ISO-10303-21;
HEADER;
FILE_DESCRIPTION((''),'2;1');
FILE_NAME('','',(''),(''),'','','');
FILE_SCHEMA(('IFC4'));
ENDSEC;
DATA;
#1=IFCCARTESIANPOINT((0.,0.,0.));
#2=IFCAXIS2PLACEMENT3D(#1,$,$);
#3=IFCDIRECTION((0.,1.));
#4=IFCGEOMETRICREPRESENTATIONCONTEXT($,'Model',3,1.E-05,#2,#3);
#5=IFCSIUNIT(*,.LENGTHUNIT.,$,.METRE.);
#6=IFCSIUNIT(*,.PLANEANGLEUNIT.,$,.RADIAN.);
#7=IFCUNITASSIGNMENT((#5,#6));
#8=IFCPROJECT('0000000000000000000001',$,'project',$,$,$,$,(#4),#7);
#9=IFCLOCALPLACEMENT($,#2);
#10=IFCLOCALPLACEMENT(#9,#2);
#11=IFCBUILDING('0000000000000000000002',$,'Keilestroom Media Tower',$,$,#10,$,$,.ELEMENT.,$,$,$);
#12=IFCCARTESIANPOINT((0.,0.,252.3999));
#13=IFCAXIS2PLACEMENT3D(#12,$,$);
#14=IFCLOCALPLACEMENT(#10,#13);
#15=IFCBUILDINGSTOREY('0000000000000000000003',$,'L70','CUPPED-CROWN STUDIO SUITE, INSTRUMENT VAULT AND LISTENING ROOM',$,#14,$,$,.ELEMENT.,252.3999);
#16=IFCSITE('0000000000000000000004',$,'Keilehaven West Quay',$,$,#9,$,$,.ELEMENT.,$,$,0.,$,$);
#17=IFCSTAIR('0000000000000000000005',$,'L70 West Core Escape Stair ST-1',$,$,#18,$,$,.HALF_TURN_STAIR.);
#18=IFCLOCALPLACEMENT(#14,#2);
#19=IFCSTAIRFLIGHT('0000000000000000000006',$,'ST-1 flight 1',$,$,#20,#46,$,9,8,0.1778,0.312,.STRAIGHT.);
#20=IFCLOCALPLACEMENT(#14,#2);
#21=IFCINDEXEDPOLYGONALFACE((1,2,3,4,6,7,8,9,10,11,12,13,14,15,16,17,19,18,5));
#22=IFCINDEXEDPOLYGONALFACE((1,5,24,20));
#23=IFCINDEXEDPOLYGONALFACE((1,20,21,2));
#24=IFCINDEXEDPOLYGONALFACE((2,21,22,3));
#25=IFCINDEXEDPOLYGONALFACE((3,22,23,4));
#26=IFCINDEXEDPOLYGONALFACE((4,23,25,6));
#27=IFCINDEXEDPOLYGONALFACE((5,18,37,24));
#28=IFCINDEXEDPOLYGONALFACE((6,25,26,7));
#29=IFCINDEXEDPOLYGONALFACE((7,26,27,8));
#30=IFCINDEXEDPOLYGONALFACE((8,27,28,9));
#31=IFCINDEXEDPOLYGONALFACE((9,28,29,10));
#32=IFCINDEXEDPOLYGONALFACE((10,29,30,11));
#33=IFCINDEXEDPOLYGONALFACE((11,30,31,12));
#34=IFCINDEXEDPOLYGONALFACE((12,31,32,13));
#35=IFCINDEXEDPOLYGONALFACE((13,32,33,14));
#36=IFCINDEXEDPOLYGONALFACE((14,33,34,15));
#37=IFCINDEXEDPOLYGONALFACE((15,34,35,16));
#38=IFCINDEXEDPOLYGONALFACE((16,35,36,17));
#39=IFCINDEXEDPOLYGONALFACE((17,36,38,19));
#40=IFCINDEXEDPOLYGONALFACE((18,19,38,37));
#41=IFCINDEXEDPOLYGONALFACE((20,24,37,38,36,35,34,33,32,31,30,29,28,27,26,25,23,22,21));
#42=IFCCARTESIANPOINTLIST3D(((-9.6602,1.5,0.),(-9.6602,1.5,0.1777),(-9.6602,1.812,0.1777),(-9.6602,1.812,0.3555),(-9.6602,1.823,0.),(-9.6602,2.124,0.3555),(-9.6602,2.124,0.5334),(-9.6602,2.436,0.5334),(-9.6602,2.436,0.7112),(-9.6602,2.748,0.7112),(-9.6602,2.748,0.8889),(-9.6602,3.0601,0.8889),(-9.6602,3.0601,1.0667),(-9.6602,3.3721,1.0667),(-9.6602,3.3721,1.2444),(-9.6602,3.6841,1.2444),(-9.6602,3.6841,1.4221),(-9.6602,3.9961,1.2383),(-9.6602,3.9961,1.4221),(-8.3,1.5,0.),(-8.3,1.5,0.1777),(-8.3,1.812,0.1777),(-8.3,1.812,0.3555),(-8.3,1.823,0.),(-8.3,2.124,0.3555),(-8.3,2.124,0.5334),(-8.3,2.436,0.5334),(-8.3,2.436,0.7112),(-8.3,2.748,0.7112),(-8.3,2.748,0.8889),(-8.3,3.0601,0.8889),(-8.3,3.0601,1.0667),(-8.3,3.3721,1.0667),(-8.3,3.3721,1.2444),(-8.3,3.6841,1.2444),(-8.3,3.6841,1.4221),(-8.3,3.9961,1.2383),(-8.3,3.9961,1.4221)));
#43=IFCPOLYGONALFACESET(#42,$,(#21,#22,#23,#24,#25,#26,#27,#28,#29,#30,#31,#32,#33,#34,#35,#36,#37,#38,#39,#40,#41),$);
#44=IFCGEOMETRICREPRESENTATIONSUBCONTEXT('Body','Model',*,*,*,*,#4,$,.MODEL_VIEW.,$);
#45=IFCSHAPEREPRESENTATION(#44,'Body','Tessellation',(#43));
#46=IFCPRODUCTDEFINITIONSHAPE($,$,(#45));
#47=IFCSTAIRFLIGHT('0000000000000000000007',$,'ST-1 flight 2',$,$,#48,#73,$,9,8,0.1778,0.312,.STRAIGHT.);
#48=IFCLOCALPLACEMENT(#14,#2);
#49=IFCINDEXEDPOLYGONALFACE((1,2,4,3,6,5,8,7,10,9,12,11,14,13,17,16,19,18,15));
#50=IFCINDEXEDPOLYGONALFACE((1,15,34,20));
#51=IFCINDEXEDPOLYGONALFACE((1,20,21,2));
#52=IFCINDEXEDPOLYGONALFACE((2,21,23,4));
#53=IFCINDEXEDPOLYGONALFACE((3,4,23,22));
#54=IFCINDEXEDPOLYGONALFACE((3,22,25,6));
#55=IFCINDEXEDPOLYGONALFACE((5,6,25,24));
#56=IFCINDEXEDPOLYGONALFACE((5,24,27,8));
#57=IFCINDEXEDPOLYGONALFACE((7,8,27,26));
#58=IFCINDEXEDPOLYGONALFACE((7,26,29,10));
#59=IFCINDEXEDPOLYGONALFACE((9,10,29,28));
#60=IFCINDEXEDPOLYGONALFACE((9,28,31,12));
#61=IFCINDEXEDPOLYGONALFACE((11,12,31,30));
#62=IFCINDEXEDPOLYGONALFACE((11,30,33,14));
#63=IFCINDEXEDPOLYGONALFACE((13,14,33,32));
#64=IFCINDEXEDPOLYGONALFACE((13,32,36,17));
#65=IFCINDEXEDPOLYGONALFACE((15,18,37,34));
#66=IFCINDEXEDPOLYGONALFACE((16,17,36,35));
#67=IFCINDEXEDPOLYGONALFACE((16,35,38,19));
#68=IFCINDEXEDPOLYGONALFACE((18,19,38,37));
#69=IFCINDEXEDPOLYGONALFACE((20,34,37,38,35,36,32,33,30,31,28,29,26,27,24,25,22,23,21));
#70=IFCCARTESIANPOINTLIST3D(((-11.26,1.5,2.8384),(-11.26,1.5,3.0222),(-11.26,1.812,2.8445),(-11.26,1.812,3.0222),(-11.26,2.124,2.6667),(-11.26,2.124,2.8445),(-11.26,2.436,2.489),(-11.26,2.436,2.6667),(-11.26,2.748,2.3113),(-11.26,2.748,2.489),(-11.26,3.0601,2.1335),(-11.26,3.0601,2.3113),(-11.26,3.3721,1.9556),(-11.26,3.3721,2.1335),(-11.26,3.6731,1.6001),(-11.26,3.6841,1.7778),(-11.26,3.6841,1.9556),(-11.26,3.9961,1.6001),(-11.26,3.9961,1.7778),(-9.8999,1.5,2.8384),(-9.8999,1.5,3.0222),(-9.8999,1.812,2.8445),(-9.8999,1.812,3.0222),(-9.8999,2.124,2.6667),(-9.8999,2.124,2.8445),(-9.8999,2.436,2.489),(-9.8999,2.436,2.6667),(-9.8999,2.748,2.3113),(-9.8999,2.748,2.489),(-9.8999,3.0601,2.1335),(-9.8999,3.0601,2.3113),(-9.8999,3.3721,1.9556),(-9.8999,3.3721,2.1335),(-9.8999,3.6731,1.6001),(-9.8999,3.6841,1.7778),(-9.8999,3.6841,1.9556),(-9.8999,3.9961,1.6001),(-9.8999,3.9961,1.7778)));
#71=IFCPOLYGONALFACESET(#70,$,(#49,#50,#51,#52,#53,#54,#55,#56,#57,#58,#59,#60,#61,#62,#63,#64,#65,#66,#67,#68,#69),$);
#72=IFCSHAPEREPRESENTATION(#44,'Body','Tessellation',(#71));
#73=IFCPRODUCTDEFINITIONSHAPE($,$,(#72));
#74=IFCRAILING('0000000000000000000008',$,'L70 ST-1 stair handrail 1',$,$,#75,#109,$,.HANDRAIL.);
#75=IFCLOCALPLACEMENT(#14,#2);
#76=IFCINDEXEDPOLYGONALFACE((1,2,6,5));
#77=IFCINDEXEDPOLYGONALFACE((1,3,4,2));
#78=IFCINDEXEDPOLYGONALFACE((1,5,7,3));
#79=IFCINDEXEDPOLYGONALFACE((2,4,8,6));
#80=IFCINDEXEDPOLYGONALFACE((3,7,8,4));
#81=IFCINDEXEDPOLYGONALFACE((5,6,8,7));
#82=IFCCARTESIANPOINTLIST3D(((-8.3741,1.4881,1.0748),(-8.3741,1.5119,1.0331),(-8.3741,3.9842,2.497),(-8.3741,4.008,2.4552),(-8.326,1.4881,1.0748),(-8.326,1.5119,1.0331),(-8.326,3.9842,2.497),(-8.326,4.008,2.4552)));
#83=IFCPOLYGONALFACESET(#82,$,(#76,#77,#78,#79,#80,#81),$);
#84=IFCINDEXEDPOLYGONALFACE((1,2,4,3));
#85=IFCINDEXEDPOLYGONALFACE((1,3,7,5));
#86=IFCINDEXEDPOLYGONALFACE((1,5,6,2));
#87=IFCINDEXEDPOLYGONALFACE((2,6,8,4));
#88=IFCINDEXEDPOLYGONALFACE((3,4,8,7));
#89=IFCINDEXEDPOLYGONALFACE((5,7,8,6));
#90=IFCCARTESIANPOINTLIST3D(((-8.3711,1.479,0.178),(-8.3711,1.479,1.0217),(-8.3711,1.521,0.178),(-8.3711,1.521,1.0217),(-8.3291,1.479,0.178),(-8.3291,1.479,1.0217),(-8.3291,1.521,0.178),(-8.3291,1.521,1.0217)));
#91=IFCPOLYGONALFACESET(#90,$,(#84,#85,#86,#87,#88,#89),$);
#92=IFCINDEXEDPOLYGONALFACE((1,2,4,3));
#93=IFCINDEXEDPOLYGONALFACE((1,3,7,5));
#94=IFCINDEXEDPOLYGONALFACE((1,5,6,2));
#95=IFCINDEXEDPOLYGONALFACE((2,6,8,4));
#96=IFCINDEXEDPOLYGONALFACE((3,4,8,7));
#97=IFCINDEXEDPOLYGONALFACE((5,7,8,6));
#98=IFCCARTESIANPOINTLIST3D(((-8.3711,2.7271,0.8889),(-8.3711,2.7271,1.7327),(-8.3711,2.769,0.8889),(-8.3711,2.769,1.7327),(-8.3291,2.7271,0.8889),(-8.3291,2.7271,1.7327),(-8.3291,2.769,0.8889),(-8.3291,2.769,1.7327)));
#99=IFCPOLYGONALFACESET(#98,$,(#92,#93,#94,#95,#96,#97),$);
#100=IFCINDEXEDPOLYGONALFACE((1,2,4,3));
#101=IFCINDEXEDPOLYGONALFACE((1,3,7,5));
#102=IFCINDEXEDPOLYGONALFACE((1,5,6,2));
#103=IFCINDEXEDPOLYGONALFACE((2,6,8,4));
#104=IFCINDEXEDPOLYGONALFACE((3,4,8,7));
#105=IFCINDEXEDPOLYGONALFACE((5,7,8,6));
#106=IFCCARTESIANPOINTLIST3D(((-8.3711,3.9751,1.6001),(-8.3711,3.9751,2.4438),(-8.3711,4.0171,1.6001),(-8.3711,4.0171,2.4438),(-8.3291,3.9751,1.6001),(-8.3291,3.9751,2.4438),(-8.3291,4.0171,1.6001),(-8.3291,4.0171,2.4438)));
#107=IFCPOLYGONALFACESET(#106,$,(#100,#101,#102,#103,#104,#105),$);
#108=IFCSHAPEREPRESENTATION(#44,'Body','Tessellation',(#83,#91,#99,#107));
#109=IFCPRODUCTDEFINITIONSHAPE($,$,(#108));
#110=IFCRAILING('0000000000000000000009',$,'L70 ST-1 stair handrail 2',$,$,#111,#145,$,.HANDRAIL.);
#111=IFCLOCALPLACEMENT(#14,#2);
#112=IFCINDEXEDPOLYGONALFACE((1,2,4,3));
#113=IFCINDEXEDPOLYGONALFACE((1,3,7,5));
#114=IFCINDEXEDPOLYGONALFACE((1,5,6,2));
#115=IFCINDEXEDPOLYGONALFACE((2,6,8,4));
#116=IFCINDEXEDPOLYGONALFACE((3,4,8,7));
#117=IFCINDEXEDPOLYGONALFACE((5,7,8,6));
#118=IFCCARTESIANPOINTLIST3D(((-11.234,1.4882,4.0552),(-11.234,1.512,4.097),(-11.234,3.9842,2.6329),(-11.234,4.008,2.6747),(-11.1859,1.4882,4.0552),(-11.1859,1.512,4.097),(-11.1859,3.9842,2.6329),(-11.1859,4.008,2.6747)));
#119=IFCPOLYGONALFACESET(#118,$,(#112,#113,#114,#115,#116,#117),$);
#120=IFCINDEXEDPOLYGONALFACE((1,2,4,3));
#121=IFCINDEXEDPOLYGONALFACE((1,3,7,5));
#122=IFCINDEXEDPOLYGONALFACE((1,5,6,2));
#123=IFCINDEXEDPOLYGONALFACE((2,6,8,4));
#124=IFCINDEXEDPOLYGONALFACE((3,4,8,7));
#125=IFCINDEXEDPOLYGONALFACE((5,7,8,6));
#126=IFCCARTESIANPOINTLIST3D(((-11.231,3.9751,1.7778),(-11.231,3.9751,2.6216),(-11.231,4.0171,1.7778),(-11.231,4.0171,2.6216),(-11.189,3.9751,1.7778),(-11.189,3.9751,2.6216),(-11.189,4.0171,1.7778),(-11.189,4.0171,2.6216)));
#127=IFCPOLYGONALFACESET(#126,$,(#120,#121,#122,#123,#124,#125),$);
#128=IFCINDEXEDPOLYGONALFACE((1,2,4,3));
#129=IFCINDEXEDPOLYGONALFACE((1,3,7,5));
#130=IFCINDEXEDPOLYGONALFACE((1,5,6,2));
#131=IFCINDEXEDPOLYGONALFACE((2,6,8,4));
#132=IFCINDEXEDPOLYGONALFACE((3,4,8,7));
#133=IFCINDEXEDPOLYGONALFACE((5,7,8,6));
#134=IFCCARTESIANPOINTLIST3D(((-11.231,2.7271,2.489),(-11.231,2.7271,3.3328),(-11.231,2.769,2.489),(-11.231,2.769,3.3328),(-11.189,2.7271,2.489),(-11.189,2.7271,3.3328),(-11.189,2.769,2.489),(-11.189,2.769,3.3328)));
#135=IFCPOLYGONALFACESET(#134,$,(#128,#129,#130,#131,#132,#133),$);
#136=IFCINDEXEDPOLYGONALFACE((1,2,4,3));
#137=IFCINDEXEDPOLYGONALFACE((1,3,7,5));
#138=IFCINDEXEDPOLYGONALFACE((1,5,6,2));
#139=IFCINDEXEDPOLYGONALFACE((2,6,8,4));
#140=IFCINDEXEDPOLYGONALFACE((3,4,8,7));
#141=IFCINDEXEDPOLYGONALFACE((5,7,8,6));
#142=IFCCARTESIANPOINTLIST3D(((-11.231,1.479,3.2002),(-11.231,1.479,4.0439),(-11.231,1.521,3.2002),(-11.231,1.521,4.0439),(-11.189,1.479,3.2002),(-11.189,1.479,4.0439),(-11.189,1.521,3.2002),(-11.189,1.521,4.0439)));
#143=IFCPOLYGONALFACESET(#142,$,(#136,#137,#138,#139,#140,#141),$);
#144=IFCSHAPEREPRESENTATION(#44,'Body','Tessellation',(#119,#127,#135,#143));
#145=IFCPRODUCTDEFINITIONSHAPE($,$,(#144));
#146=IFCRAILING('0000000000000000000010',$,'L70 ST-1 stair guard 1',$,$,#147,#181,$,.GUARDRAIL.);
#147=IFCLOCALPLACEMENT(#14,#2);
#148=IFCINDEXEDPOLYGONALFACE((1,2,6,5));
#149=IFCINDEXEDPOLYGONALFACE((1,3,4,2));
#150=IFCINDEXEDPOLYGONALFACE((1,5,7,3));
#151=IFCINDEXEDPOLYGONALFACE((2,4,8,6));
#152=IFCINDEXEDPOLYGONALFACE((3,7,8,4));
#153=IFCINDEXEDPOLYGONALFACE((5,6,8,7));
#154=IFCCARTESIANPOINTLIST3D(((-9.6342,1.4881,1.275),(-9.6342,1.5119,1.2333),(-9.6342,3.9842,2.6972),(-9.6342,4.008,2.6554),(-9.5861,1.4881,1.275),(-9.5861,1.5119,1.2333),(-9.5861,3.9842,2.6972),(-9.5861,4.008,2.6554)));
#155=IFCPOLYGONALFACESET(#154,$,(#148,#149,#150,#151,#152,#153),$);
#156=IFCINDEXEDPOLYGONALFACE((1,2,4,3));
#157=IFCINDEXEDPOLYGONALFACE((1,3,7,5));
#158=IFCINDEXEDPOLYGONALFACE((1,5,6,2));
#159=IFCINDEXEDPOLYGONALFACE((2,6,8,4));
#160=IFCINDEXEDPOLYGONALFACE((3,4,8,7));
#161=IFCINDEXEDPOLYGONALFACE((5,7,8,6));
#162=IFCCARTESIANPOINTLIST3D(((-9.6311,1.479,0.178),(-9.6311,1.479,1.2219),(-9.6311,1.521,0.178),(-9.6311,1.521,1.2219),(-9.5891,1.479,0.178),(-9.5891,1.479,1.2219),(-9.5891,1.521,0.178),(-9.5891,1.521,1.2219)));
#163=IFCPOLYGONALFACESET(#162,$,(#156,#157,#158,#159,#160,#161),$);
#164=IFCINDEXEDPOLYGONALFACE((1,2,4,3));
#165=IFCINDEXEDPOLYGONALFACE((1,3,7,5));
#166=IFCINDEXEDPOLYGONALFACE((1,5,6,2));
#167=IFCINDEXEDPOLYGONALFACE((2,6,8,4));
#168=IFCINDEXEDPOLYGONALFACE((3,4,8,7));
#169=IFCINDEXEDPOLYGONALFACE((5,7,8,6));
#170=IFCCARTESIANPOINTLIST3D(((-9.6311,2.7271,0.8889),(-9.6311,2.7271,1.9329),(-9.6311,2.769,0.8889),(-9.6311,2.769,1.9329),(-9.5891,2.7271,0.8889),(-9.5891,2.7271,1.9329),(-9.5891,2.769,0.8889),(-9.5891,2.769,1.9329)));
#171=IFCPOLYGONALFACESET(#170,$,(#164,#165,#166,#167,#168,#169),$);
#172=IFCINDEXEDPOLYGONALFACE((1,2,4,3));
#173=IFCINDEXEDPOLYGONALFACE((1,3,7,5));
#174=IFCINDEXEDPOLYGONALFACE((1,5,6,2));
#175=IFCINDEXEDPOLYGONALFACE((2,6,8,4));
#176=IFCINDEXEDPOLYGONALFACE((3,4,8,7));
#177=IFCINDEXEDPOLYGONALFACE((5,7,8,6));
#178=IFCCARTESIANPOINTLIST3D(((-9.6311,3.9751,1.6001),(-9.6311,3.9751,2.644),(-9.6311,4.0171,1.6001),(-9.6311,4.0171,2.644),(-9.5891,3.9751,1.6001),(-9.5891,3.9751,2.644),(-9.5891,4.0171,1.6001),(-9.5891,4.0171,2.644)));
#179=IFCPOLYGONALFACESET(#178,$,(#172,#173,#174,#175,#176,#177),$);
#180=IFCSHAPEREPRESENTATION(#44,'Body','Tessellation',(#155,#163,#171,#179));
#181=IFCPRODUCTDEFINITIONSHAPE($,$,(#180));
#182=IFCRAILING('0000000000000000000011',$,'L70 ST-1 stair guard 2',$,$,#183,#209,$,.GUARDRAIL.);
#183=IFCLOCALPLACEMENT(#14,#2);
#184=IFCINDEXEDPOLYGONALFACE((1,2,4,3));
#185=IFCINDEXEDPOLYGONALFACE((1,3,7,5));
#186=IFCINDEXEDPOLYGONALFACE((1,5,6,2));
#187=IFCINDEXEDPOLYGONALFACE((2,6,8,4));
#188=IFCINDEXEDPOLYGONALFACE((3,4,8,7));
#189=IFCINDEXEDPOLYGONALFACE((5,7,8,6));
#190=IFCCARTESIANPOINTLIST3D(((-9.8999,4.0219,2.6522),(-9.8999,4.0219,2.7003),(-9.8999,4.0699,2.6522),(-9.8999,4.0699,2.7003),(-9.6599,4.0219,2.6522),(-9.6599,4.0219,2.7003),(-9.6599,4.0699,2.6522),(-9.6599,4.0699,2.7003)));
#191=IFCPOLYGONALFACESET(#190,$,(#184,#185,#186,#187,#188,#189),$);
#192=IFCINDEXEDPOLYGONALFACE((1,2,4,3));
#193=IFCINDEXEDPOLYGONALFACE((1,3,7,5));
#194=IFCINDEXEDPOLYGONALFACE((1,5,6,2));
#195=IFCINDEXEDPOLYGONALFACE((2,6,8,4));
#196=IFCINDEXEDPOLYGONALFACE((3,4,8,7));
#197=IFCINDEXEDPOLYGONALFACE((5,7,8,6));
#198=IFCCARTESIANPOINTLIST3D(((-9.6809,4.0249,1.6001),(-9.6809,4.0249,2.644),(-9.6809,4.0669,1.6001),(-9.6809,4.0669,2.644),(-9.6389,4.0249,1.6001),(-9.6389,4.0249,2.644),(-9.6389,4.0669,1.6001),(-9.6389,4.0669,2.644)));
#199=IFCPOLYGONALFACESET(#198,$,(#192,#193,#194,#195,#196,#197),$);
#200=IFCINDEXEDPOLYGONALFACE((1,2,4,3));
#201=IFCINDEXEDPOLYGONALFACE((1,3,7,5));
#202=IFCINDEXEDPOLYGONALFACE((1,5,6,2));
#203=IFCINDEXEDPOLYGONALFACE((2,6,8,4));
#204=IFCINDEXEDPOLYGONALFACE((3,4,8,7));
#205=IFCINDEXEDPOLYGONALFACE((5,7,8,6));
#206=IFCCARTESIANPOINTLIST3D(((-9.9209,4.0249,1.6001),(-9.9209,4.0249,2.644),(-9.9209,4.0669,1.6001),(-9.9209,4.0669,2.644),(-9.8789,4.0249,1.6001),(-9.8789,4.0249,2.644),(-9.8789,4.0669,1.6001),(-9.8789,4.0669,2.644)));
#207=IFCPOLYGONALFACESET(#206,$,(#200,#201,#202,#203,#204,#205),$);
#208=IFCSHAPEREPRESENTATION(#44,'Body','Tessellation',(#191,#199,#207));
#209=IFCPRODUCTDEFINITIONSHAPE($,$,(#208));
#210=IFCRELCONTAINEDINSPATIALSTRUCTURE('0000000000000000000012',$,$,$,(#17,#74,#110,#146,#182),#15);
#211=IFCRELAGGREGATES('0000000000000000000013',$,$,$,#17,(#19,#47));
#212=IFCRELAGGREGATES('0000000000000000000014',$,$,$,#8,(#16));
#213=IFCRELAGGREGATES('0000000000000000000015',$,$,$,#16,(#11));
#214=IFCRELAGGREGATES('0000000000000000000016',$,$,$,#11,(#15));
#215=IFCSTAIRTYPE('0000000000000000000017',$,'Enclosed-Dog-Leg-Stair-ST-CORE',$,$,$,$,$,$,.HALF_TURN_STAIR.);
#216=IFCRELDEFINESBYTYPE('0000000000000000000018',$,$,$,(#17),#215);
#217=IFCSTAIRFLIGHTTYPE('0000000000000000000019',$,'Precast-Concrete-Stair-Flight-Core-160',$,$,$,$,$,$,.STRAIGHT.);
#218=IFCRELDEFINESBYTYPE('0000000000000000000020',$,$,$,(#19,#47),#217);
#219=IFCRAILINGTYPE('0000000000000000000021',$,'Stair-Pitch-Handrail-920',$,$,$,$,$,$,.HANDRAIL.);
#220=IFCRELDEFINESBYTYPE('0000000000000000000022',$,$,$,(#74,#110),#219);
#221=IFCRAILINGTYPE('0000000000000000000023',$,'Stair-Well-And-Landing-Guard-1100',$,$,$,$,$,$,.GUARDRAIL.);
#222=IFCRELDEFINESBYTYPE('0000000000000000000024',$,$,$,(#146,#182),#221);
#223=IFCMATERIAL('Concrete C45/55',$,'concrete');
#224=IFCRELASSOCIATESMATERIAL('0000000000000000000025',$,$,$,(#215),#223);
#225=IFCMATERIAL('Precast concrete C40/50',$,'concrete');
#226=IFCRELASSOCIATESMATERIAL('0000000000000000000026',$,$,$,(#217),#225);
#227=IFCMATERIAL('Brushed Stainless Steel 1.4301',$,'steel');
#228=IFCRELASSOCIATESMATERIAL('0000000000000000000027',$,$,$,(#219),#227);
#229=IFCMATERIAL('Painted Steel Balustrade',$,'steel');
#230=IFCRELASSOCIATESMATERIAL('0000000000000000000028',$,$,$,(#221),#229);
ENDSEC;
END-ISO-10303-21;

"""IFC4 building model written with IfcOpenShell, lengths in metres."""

from ifc_helpers import new_model, si_unit, direction, frame, origin, origin_2d, place, context, subcontext, project, spatial, polyline, rectangle, outline, extrude, material, type_object, element, aggregate, save


model = new_model("IFC4")

# Units and contexts
model_context = context("Model", 3, precision=1e-05, world=origin(), true_north=direction((0.0, 1.0)))
body_context = subcontext(model_context, "Body", "Model", "MODEL_VIEW")
ifc_project = project(units=[si_unit("LENGTHUNIT", "METRE"), si_unit("PLANEANGLEUNIT", "RADIAN")], contexts=[model_context])

# Site, building, storey
site_placement = place(None, origin())
site = spatial("IfcSite", under=ifc_project, at=site_placement, Name="Keilehaven West Quay", CompositionType="ELEMENT", RefElevation=0.0)
building_placement = place(site_placement, origin())
building = spatial("IfcBuilding", under=site, at=building_placement, Name="Keilestroom Media Tower", CompositionType="ELEMENT")
storey_placement = place(building_placement, frame((0.0, 0.0, 252.3999)))
storey = spatial("IfcBuildingStorey", under=building, at=storey_placement, Name="L70", Description="CUPPED-CROWN STUDIO SUITE, INSTRUMENT VAULT AND LISTENING ROOM", CompositionType="ELEMENT", Elevation=252.3999)

# Shared definitions
ifc_material_1 = material(Name="Precast concrete C40/50", Category="concrete")

# Stair, stair flights
ifc_material_2 = material(Name="Concrete C45/55", Category="concrete")
stair_type = type_object("IfcStairType", Name="Enclosed-Dog-Leg-Stair-ST-CORE", PredefinedType="HALF_TURN_STAIR", material=ifc_material_2)
stair_placement = place(storey_placement, origin())
stair = element("IfcStair", 1, at=stair_placement, inside=storey, type_object=stair_type, Name="L70 West Core Escape Stair ST-1", PredefinedType="HALF_TURN_STAIR")
stair_flight_type = type_object("IfcStairFlightType", Name="Precast-Concrete-Stair-Flight-Core-160", PredefinedType="STRAIGHT", material=ifc_material_1)
stair_flight_1_placement = place(storey_placement, frame((-8.98, 1.5, 0.0), z_axis=(0.0, 0.0, 1.0), x_axis=(0.0, 1.0, 0.0)))
stair_flight_1 = element("IfcStairFlight", 2, at=stair_flight_1_placement, type_object=stair_flight_type, Name="ST-1 flight 1", NumberOfRisers=9, NumberOfTreads=8, PredefinedType="STRAIGHT", RiserHeight=0.1778, TreadLength=0.312, context=body_context, shape_type="SweptSolid", body=[
    extrude(outline(polyline([(0.0, 0.0), (0.0, 0.1777), (0.312, 0.1777), (0.312, 0.3555), (0.624, 0.3555), (0.624, 0.5334), (0.936, 0.5334), (0.936, 0.7112), (1.248, 0.7112), (1.248, 0.8889), (1.5601, 0.8889), (1.5601, 1.0667), (1.8721, 1.0667), (1.8721, 1.2444), (2.1841, 1.2444), (2.1841, 1.4221), (2.4961, 1.4221), (2.4961, 1.6001), (2.4961, 1.2383), (0.323, 0.0), (0.0, 0.0)])), frame((0.0, 0.6802, 0.0), z_axis=(0.0, -1.0, 0.0), x_axis=(1.0, 0.0, 0.0)), (0.0, 0.0, 1.0), 1.3601),
])
stair_flight_2_placement = place(storey_placement, frame((-10.5801, 3.9961, 1.6001), z_axis=(0.0, 0.0, 1.0), x_axis=(0.0, -1.0, 0.0)))
stair_flight_2 = element("IfcStairFlight", 3, at=stair_flight_2_placement, type_object=stair_flight_type, Name="ST-1 flight 2", NumberOfRisers=9, NumberOfTreads=8, PredefinedType="STRAIGHT", RiserHeight=0.1778, TreadLength=0.312, context=body_context, shape_type="SweptSolid", body=[
    extrude(outline(polyline([(0.0, 0.0), (0.0, 0.1777), (0.312, 0.1777), (0.312, 0.3555), (0.624, 0.3555), (0.624, 0.5334), (0.936, 0.5334), (0.936, 0.7112), (1.248, 0.7112), (1.248, 0.8889), (1.5601, 0.8889), (1.5601, 1.0667), (1.8721, 1.0667), (1.8721, 1.2444), (2.1841, 1.2444), (2.1841, 1.4221), (2.4961, 1.4221), (2.4961, 1.6001), (2.4961, 1.2383), (0.323, 0.0), (0.0, 0.0)])), frame((0.0, 0.6802, 0.0), z_axis=(0.0, -1.0, 0.0), x_axis=(1.0, 0.0, 0.0)), (0.0, 0.0, 1.0), 1.3601),
])
aggregate(stair, [stair_flight_1, stair_flight_2])

# Railings
ifc_material_3 = material(Name="Brushed Stainless Steel 1.4301", Category="steel")
railing_type_1 = type_object("IfcRailingType", Name="Stair-Pitch-Handrail-920", PredefinedType="HANDRAIL", material=ifc_material_3)
railing_1_placement = place(storey_placement, frame((-8.3501, 1.5, 0.178)))
element("IfcRailing", 4, at=railing_1_placement, inside=storey, type_object=railing_type_1, Name="L70 ST-1 stair handrail 1", PredefinedType="HANDRAIL", context=body_context, shape_type="SweptSolid", body=[
    extrude(rectangle(XDim=0.0481, YDim=0.0481, at=origin_2d()), frame((0.0, 0.0, 0.876), z_axis=(0.0, 0.868875, 0.495031), x_axis=(-1.0, 0.0, 0.0)), (0.0, 0.0, 1.0), 2.8728),
    extrude(rectangle(XDim=0.042, YDim=0.042, at=origin_2d()), origin(), (0.0, 0.0, 1.0), 0.8438),
    extrude(rectangle(XDim=0.042, YDim=0.042, at=origin_2d()), frame((0.0, 1.248, 0.7109)), (0.0, 0.0, 1.0), 0.8438),
    extrude(rectangle(XDim=0.042, YDim=0.042, at=origin_2d()), frame((0.0, 2.4961, 1.4221)), (0.0, 0.0, 1.0), 0.8438),
])
railing_2_placement = place(storey_placement, frame((-11.21, 3.9961, 1.7778)))
element("IfcRailing", 5, at=railing_2_placement, inside=storey, type_object=railing_type_1, Name="L70 ST-1 stair handrail 2", PredefinedType="HANDRAIL", context=body_context, shape_type="SweptSolid", body=[
    extrude(rectangle(XDim=0.0481, YDim=0.0481, at=origin_2d()), frame((0.0, 0.0, 0.876), z_axis=(0.0, -0.868839, 0.495095), x_axis=(1.0, 0.0, 0.0)), (0.0, 0.0, 1.0), 2.8728),
    extrude(rectangle(XDim=0.042, YDim=0.042, at=origin_2d()), origin(), (0.0, 0.0, 1.0), 0.8438),
    extrude(rectangle(XDim=0.042, YDim=0.042, at=origin_2d()), frame((0.0, -1.248, 0.7112)), (0.0, 0.0, 1.0), 0.8438),
    extrude(rectangle(XDim=0.042, YDim=0.042, at=origin_2d()), frame((0.0, -2.4961, 1.4224)), (0.0, 0.0, 1.0), 0.8438),
])
ifc_material_4 = material(Name="Painted Steel Balustrade", Category="steel")
railing_type_2 = type_object("IfcRailingType", Name="Stair-Well-And-Landing-Guard-1100", PredefinedType="GUARDRAIL", material=ifc_material_4)
railing_3_placement = place(storey_placement, frame((-9.6101, 1.5, 0.178)))
element("IfcRailing", 6, at=railing_3_placement, inside=storey, type_object=railing_type_2, Name="L70 ST-1 stair guard 1", PredefinedType="GUARDRAIL", context=body_context, shape_type="SweptSolid", body=[
    extrude(rectangle(XDim=0.0481, YDim=0.0481, at=origin_2d()), frame((0.0, 0.0, 1.0762), z_axis=(0.0, 0.868875, 0.495031), x_axis=(-1.0, 0.0, 0.0)), (0.0, 0.0, 1.0), 2.8728),
    extrude(rectangle(XDim=0.042, YDim=0.042, at=origin_2d()), origin(), (0.0, 0.0, 1.0), 1.0439),
    extrude(rectangle(XDim=0.042, YDim=0.042, at=origin_2d()), frame((0.0, 1.248, 0.7109)), (0.0, 0.0, 1.0), 1.0439),
    extrude(rectangle(XDim=0.042, YDim=0.042, at=origin_2d()), frame((0.0, 2.4961, 1.4221)), (0.0, 0.0, 1.0), 1.0439),
])
railing_4_placement = place(storey_placement, frame((-9.6599, 4.0459, 1.6001)))
element("IfcRailing", 7, at=railing_4_placement, inside=storey, type_object=railing_type_2, Name="L70 ST-1 stair guard 2", PredefinedType="GUARDRAIL", context=body_context, shape_type="SweptSolid", body=[
    extrude(rectangle(XDim=0.0481, YDim=0.0481, at=origin_2d()), frame((0.0, 0.0, 1.0762), z_axis=(-1.0, 0.0, 0.0), x_axis=(0.0, -1.0, 0.0)), (0.0, 0.0, 1.0), 0.24),
    extrude(rectangle(XDim=0.042, YDim=0.042, at=origin_2d()), origin(), (0.0, 0.0, 1.0), 1.0439),
    extrude(rectangle(XDim=0.042, YDim=0.042, at=origin_2d()), frame((-0.24, 0.0, 0.0)), (0.0, 0.0, 1.0), 1.0439),
])

save(model, "model.ifc")
